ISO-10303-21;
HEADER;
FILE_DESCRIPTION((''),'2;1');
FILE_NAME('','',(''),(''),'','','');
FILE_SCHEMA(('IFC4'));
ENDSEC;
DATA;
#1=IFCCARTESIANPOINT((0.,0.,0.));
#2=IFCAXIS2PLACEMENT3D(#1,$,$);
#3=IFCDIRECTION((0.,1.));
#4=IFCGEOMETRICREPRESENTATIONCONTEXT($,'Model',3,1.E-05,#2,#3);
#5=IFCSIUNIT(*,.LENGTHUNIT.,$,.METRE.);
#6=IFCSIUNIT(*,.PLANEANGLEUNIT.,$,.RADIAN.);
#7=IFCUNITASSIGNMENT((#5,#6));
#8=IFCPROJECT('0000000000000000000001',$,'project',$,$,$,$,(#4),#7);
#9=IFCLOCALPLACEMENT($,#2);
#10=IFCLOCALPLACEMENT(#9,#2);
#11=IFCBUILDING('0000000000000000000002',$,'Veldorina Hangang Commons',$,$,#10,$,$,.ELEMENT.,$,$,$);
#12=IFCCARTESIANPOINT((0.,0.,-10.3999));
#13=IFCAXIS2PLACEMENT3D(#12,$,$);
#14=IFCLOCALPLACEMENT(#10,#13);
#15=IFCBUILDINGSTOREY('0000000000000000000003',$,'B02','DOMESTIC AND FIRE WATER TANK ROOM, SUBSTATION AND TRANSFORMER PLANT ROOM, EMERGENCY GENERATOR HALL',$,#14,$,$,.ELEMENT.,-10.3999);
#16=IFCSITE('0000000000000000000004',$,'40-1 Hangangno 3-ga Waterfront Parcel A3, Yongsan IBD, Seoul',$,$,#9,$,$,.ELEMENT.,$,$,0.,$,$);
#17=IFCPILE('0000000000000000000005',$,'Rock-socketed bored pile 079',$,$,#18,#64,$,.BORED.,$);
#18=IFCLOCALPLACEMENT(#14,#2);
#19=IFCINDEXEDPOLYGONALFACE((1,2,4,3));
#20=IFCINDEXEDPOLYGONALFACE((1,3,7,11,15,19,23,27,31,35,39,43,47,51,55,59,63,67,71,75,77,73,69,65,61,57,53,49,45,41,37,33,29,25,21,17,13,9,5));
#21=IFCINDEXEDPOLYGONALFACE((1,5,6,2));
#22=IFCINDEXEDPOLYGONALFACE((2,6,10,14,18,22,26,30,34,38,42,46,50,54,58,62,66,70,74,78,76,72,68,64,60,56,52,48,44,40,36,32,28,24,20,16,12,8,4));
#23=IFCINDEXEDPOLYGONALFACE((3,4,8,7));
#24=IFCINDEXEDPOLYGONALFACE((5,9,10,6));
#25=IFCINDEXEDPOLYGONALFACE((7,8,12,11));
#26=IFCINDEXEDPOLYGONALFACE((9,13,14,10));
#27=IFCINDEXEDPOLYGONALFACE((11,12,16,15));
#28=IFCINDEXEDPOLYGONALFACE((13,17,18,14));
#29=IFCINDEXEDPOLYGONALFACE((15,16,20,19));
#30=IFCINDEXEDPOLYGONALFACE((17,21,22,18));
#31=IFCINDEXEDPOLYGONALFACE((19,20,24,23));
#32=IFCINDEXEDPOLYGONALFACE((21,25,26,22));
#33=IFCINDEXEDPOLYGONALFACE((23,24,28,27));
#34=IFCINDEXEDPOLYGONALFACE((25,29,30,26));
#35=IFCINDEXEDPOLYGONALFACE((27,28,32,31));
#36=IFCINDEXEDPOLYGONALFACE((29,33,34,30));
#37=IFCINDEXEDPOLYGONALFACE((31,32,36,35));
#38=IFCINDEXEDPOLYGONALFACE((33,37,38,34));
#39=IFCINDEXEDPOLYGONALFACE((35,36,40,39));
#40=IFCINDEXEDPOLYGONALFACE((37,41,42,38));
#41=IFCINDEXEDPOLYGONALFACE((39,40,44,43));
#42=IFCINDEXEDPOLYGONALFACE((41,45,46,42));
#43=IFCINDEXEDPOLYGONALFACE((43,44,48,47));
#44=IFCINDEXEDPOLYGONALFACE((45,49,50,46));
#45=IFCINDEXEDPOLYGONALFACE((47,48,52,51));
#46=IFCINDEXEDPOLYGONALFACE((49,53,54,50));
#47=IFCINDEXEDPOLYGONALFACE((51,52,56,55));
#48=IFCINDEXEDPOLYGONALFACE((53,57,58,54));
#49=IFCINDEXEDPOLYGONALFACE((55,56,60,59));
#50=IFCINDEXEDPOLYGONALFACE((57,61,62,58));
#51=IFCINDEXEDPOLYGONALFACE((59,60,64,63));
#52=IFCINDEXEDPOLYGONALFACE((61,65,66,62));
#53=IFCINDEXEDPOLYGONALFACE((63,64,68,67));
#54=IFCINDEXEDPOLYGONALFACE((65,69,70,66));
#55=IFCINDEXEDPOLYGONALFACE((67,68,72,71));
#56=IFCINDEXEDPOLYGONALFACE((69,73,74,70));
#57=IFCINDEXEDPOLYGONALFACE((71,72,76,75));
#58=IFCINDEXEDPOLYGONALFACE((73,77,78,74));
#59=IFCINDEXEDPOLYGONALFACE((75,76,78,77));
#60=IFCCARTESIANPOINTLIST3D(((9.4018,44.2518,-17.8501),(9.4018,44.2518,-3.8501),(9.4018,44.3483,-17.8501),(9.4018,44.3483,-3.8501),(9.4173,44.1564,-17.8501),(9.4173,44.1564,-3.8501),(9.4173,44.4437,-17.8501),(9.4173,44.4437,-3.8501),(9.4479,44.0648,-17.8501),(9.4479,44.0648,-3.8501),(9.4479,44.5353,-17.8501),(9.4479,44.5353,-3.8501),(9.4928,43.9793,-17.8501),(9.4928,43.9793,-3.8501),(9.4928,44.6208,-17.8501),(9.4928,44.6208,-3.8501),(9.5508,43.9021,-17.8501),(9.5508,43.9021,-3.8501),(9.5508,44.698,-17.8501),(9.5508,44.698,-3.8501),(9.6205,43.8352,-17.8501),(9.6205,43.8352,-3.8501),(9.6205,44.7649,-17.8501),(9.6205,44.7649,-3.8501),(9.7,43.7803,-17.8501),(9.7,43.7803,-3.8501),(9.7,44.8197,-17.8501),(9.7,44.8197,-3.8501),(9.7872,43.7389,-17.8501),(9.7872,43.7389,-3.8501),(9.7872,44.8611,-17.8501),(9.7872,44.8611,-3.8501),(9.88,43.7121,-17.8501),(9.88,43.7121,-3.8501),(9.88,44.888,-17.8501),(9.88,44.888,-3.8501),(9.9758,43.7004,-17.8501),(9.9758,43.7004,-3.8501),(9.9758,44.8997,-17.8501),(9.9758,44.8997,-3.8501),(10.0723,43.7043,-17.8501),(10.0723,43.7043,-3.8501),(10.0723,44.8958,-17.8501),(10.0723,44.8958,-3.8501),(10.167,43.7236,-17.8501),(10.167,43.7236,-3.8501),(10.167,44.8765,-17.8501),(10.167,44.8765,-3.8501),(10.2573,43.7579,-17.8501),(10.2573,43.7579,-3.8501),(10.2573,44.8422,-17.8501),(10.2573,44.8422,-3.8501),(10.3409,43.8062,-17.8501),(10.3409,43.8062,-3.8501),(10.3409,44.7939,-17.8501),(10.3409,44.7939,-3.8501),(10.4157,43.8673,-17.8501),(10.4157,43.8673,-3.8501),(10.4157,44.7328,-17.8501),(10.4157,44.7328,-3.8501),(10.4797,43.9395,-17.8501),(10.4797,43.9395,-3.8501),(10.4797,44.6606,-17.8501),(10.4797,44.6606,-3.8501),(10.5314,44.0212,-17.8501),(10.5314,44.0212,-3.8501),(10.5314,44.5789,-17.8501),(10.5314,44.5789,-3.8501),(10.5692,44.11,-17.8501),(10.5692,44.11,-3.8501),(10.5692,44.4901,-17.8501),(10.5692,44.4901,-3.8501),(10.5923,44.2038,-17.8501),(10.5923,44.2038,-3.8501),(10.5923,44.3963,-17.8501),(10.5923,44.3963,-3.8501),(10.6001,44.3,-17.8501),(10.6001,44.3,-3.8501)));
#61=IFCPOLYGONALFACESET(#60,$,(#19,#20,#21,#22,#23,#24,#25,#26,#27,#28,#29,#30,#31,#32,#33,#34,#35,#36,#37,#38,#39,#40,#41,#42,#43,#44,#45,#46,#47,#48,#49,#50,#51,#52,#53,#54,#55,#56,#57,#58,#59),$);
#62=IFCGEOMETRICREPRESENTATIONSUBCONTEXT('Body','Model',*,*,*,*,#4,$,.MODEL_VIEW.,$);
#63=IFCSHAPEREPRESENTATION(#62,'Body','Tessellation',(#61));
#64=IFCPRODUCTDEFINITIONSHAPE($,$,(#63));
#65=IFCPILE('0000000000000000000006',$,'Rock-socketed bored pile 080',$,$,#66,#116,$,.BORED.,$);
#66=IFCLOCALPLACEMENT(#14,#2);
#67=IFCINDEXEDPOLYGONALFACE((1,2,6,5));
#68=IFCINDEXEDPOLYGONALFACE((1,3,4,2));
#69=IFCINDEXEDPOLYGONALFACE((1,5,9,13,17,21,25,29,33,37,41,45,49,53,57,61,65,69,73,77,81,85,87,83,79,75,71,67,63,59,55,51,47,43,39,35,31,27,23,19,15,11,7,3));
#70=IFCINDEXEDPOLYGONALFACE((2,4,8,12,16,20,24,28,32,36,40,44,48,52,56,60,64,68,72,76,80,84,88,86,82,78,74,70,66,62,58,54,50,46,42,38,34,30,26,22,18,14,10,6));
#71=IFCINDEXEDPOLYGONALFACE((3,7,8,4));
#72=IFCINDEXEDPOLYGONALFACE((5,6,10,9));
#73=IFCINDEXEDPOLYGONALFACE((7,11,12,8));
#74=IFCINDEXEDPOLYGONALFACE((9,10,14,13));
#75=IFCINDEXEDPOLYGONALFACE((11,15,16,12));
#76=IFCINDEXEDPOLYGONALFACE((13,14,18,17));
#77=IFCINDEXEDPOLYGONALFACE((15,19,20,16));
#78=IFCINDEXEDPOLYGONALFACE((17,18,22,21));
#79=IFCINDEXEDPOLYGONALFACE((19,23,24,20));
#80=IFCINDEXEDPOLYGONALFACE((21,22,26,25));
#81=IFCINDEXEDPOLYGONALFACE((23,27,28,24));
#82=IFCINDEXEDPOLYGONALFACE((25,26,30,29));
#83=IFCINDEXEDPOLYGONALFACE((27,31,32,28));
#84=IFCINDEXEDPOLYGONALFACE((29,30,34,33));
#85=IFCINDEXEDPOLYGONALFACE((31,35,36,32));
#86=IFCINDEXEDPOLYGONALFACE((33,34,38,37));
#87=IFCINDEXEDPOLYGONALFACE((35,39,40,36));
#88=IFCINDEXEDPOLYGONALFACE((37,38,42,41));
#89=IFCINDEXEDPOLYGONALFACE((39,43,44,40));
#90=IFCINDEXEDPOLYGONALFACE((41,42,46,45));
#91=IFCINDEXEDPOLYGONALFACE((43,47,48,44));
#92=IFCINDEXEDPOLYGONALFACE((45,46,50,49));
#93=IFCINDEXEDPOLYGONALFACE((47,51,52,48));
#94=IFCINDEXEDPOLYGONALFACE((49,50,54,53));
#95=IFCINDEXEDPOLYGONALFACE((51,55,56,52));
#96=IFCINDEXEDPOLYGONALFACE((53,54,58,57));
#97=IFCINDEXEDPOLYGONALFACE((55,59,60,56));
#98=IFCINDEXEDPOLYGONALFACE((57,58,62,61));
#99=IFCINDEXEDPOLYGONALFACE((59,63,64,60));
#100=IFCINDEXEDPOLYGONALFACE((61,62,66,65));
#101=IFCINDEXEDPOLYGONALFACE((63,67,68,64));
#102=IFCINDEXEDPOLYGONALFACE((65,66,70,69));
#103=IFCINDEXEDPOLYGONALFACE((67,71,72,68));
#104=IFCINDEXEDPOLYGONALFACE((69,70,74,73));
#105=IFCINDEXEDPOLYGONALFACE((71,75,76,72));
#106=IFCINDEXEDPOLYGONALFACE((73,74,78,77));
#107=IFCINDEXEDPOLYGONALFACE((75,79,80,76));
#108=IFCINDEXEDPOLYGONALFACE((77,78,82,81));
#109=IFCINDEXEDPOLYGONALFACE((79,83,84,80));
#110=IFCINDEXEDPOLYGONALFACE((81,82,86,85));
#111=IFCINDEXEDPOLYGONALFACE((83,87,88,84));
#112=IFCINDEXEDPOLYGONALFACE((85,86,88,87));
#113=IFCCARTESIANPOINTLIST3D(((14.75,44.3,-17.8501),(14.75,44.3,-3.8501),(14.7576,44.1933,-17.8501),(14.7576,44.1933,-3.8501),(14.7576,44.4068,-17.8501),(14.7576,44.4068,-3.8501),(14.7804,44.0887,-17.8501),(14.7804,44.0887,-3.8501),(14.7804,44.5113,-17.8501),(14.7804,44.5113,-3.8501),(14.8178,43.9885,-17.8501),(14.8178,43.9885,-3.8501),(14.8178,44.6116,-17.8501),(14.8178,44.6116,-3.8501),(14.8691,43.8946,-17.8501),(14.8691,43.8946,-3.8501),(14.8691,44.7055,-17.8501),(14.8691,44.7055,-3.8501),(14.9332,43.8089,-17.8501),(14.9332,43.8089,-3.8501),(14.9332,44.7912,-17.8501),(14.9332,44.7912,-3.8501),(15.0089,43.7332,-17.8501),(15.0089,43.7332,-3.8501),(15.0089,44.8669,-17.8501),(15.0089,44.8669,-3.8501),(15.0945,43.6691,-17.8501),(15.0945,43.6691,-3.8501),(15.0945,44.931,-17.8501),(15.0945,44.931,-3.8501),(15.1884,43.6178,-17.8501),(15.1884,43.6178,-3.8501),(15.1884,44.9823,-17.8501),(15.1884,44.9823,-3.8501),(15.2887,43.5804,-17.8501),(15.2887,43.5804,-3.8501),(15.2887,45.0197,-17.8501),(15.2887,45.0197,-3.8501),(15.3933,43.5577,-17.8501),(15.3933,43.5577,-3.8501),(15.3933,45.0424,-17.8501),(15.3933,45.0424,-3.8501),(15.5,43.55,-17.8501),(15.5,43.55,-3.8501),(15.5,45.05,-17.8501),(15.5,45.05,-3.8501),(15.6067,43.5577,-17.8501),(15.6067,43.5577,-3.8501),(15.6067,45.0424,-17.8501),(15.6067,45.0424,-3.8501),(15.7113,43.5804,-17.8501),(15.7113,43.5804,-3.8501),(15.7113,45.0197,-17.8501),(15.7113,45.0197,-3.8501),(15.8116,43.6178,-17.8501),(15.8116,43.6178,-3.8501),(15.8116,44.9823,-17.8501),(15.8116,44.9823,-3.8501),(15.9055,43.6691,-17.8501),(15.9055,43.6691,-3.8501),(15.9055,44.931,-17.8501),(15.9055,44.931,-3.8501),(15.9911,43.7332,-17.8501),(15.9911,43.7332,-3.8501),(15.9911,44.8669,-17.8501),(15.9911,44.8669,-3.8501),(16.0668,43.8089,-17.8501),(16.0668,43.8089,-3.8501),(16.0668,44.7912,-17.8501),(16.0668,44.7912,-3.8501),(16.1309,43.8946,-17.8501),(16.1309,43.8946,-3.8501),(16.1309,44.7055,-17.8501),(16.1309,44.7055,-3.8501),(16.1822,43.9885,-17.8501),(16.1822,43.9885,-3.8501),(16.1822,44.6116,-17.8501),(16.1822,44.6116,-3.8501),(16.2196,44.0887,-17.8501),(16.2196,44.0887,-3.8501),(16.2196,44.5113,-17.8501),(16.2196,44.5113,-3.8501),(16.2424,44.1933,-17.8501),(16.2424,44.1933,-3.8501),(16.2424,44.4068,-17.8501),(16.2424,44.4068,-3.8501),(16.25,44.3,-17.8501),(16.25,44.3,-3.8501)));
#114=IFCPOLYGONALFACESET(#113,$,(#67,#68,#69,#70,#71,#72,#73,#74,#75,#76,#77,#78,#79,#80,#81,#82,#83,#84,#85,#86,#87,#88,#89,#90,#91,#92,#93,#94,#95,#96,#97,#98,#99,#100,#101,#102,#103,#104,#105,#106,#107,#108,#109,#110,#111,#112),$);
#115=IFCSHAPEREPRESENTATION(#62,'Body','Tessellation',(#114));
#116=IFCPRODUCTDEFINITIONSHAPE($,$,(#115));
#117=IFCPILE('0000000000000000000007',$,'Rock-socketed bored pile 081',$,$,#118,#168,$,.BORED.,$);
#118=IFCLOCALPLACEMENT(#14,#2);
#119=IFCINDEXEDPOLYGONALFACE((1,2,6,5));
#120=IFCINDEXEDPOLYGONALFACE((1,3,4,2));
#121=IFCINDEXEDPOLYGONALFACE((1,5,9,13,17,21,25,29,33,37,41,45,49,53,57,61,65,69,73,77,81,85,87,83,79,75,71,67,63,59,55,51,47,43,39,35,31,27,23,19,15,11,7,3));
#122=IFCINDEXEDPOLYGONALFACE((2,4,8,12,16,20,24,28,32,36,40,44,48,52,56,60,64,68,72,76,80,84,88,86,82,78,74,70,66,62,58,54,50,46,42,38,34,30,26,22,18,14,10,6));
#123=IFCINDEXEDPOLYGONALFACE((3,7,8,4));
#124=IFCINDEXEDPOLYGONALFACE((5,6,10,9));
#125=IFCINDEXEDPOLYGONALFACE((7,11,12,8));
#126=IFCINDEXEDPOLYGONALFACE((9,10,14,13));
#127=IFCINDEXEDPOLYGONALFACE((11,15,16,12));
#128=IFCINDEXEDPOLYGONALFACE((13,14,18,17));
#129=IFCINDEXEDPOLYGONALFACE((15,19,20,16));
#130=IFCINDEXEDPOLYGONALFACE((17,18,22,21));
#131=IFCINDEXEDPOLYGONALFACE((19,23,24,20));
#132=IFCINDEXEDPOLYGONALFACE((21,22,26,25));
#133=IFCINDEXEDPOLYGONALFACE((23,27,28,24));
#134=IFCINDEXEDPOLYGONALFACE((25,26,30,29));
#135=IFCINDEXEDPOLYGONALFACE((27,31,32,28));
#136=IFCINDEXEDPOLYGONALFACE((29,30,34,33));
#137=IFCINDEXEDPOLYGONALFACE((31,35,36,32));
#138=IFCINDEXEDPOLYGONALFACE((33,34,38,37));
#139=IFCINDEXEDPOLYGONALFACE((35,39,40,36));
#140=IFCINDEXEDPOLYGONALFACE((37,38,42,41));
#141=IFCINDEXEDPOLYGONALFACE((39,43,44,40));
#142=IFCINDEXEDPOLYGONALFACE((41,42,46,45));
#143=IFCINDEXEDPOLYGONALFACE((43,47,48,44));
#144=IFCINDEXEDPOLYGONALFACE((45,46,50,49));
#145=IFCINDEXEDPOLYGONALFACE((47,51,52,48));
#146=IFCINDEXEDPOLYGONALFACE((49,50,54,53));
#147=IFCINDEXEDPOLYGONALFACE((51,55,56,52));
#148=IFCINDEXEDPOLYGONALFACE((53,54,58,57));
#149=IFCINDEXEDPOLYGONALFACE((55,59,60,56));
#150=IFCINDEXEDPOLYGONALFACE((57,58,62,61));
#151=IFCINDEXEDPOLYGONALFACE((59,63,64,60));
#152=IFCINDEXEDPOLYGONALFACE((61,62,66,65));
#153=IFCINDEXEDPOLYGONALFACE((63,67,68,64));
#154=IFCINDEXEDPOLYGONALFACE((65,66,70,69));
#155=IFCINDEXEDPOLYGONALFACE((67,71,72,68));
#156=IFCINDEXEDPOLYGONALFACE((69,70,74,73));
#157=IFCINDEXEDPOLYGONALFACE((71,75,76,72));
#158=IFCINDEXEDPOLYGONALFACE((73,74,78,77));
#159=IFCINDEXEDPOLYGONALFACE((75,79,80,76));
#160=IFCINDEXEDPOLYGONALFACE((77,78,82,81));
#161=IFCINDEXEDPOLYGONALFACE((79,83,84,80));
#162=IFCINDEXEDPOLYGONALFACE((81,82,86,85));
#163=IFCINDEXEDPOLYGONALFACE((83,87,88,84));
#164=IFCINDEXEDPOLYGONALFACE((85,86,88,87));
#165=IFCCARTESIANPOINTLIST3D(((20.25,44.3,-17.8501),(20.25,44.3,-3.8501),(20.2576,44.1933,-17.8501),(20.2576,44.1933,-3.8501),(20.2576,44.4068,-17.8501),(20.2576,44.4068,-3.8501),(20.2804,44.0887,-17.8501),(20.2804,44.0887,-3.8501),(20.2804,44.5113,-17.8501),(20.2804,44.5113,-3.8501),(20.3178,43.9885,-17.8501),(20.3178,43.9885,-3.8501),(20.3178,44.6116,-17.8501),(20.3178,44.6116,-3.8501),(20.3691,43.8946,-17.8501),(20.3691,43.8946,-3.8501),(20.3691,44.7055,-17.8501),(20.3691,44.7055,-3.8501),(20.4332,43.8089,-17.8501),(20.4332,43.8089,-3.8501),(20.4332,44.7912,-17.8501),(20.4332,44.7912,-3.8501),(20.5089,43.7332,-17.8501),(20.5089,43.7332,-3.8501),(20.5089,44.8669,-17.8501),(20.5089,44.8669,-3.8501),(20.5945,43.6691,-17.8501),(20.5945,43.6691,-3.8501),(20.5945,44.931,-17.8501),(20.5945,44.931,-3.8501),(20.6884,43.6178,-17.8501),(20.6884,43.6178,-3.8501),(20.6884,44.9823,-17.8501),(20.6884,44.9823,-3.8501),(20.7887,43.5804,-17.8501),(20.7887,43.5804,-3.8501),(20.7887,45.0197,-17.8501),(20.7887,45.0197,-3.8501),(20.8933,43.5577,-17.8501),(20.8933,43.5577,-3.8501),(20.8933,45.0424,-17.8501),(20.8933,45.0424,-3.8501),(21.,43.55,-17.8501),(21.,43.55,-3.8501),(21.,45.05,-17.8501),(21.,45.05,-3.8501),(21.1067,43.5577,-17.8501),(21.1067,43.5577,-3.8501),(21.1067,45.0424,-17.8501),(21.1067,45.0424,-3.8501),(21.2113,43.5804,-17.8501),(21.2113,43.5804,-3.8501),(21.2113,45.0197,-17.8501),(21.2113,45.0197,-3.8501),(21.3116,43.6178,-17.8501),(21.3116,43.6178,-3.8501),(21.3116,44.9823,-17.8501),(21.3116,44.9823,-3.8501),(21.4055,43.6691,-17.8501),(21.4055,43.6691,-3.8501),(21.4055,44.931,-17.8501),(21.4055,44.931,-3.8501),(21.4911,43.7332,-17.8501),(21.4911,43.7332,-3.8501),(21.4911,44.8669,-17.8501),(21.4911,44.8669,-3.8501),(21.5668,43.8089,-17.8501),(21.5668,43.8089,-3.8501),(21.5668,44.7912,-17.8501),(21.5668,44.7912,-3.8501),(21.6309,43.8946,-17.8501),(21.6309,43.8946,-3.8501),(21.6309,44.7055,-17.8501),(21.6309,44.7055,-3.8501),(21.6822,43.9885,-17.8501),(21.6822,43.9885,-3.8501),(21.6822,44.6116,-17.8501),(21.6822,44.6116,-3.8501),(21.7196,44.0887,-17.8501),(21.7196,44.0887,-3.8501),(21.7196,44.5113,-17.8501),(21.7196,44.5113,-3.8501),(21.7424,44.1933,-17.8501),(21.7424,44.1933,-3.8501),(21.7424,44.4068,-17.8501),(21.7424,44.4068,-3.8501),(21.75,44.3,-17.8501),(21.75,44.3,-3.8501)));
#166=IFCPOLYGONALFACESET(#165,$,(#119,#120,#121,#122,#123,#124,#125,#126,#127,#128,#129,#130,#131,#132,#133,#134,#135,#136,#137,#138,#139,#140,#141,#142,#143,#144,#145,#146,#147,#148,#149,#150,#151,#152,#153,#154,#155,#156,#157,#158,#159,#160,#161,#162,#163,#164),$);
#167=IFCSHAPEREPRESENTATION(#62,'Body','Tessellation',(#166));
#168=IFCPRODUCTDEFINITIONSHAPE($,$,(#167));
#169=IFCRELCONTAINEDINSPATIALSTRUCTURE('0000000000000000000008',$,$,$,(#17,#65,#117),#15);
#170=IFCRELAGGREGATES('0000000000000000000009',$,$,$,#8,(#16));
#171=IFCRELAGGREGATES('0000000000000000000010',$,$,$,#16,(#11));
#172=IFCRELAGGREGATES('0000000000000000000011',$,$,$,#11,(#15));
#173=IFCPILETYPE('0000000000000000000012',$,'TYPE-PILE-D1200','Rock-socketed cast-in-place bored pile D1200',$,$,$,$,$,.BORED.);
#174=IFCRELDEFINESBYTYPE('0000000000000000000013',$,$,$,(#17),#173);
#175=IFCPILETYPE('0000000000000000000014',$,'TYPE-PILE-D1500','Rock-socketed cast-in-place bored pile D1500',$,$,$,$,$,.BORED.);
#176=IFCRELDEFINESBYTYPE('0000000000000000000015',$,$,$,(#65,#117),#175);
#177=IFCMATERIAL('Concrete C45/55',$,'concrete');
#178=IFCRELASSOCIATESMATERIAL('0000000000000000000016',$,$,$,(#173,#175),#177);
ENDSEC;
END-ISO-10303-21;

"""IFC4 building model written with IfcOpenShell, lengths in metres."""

from ifc_helpers import new_model, si_unit, direction, frame, origin, origin_2d, place, context, subcontext, project, spatial, circle, extrude, material, material_profile, profile_set, type_object, element, save


model = new_model("IFC4")

# Units and contexts
model_context = context("Model", 3, precision=1e-05, world=origin(), true_north=direction((0.0, 1.0)))
body_context = subcontext(model_context, "Body", "Model", "MODEL_VIEW")
ifc_project = project(units=[si_unit("LENGTHUNIT", "METRE"), si_unit("PLANEANGLEUNIT", "RADIAN")], contexts=[model_context])

# Site, building, storey
site_placement = place(None, origin())
site = spatial("IfcSite", under=ifc_project, at=site_placement, Name="40-1 Hangangno 3-ga Waterfront Parcel A3, Yongsan IBD, Seoul", CompositionType="ELEMENT", RefElevation=0.0)
building_placement = place(site_placement, origin())
building = spatial("IfcBuilding", under=site, at=building_placement, Name="Veldorina Hangang Commons", CompositionType="ELEMENT")
storey_placement = place(building_placement, frame((0.0, 0.0, -10.3999)))
storey = spatial("IfcBuildingStorey", under=building, at=storey_placement, Name="B02", Description="DOMESTIC AND FIRE WATER TANK ROOM, SUBSTATION AND TRANSFORMER PLANT ROOM, EMERGENCY GENERATOR HALL", CompositionType="ELEMENT", Elevation=-10.3999)

# Piles
ifc_material_1 = material(Name="Concrete C45/55", Category="concrete")
ifc_material_profile_1 = material_profile(ifc_material_1, circle(Radius=0.6001, at=origin_2d()), Name="PILE-D1200")
ifc_profile_set_1 = profile_set([ifc_material_profile_1], Name="Concrete C45/55")
pile_type_1 = type_object("IfcPileType", Name="TYPE-PILE-D1200", Description="Rock-socketed cast-in-place bored pile D1200", PredefinedType="BORED", material=ifc_profile_set_1)
pile_placement = place(storey_placement, frame((10.0, 44.3, -3.8501), z_axis=(0.0, 0.0, -1.0), x_axis=(1.0, 0.0, 0.0)))
element("IfcPile", 1, at=pile_placement, inside=storey, type_object=pile_type_1, Name="Rock-socketed bored pile 079", PredefinedType="BORED", context=body_context, shape_type="SweptSolid", body=[
    extrude(circle(Radius=0.6001, at=origin_2d()), origin(), (0.0, 0.0, 1.0), 14.0),
])
ifc_material_profile_2 = material_profile(ifc_material_1, circle(Radius=0.75, at=origin_2d()), Name="PILE-D1500")
ifc_profile_set_2 = profile_set([ifc_material_profile_2], Name="Concrete C45/55")
pile_type_2 = type_object("IfcPileType", Name="TYPE-PILE-D1500", Description="Rock-socketed cast-in-place bored pile D1500", PredefinedType="BORED", material=ifc_profile_set_2)
for number, where, z_axis, x_axis, name in (
    (2, (15.5, 44.3, -3.8501), (0.0, 0.0, -1.0), (1.0, 0.0, 0.0), "Rock-socketed bored pile 080"),
    (3, (21.0, 44.3, -3.8501), (0.0, 0.0, -1.0), (1.0, 0.0, 0.0), "Rock-socketed bored pile 081"),
):
    element("IfcPile", number, at=place(storey_placement, frame(where, z_axis=z_axis, x_axis=x_axis)), inside=storey, type_object=pile_type_2, Name=name, PredefinedType="BORED", context=body_context, shape_type="SweptSolid", body=[
        extrude(circle(Radius=0.75, at=origin_2d()), origin(), (0.0, 0.0, 1.0), 14.0),
    ])

save(model, "model.ifc")
